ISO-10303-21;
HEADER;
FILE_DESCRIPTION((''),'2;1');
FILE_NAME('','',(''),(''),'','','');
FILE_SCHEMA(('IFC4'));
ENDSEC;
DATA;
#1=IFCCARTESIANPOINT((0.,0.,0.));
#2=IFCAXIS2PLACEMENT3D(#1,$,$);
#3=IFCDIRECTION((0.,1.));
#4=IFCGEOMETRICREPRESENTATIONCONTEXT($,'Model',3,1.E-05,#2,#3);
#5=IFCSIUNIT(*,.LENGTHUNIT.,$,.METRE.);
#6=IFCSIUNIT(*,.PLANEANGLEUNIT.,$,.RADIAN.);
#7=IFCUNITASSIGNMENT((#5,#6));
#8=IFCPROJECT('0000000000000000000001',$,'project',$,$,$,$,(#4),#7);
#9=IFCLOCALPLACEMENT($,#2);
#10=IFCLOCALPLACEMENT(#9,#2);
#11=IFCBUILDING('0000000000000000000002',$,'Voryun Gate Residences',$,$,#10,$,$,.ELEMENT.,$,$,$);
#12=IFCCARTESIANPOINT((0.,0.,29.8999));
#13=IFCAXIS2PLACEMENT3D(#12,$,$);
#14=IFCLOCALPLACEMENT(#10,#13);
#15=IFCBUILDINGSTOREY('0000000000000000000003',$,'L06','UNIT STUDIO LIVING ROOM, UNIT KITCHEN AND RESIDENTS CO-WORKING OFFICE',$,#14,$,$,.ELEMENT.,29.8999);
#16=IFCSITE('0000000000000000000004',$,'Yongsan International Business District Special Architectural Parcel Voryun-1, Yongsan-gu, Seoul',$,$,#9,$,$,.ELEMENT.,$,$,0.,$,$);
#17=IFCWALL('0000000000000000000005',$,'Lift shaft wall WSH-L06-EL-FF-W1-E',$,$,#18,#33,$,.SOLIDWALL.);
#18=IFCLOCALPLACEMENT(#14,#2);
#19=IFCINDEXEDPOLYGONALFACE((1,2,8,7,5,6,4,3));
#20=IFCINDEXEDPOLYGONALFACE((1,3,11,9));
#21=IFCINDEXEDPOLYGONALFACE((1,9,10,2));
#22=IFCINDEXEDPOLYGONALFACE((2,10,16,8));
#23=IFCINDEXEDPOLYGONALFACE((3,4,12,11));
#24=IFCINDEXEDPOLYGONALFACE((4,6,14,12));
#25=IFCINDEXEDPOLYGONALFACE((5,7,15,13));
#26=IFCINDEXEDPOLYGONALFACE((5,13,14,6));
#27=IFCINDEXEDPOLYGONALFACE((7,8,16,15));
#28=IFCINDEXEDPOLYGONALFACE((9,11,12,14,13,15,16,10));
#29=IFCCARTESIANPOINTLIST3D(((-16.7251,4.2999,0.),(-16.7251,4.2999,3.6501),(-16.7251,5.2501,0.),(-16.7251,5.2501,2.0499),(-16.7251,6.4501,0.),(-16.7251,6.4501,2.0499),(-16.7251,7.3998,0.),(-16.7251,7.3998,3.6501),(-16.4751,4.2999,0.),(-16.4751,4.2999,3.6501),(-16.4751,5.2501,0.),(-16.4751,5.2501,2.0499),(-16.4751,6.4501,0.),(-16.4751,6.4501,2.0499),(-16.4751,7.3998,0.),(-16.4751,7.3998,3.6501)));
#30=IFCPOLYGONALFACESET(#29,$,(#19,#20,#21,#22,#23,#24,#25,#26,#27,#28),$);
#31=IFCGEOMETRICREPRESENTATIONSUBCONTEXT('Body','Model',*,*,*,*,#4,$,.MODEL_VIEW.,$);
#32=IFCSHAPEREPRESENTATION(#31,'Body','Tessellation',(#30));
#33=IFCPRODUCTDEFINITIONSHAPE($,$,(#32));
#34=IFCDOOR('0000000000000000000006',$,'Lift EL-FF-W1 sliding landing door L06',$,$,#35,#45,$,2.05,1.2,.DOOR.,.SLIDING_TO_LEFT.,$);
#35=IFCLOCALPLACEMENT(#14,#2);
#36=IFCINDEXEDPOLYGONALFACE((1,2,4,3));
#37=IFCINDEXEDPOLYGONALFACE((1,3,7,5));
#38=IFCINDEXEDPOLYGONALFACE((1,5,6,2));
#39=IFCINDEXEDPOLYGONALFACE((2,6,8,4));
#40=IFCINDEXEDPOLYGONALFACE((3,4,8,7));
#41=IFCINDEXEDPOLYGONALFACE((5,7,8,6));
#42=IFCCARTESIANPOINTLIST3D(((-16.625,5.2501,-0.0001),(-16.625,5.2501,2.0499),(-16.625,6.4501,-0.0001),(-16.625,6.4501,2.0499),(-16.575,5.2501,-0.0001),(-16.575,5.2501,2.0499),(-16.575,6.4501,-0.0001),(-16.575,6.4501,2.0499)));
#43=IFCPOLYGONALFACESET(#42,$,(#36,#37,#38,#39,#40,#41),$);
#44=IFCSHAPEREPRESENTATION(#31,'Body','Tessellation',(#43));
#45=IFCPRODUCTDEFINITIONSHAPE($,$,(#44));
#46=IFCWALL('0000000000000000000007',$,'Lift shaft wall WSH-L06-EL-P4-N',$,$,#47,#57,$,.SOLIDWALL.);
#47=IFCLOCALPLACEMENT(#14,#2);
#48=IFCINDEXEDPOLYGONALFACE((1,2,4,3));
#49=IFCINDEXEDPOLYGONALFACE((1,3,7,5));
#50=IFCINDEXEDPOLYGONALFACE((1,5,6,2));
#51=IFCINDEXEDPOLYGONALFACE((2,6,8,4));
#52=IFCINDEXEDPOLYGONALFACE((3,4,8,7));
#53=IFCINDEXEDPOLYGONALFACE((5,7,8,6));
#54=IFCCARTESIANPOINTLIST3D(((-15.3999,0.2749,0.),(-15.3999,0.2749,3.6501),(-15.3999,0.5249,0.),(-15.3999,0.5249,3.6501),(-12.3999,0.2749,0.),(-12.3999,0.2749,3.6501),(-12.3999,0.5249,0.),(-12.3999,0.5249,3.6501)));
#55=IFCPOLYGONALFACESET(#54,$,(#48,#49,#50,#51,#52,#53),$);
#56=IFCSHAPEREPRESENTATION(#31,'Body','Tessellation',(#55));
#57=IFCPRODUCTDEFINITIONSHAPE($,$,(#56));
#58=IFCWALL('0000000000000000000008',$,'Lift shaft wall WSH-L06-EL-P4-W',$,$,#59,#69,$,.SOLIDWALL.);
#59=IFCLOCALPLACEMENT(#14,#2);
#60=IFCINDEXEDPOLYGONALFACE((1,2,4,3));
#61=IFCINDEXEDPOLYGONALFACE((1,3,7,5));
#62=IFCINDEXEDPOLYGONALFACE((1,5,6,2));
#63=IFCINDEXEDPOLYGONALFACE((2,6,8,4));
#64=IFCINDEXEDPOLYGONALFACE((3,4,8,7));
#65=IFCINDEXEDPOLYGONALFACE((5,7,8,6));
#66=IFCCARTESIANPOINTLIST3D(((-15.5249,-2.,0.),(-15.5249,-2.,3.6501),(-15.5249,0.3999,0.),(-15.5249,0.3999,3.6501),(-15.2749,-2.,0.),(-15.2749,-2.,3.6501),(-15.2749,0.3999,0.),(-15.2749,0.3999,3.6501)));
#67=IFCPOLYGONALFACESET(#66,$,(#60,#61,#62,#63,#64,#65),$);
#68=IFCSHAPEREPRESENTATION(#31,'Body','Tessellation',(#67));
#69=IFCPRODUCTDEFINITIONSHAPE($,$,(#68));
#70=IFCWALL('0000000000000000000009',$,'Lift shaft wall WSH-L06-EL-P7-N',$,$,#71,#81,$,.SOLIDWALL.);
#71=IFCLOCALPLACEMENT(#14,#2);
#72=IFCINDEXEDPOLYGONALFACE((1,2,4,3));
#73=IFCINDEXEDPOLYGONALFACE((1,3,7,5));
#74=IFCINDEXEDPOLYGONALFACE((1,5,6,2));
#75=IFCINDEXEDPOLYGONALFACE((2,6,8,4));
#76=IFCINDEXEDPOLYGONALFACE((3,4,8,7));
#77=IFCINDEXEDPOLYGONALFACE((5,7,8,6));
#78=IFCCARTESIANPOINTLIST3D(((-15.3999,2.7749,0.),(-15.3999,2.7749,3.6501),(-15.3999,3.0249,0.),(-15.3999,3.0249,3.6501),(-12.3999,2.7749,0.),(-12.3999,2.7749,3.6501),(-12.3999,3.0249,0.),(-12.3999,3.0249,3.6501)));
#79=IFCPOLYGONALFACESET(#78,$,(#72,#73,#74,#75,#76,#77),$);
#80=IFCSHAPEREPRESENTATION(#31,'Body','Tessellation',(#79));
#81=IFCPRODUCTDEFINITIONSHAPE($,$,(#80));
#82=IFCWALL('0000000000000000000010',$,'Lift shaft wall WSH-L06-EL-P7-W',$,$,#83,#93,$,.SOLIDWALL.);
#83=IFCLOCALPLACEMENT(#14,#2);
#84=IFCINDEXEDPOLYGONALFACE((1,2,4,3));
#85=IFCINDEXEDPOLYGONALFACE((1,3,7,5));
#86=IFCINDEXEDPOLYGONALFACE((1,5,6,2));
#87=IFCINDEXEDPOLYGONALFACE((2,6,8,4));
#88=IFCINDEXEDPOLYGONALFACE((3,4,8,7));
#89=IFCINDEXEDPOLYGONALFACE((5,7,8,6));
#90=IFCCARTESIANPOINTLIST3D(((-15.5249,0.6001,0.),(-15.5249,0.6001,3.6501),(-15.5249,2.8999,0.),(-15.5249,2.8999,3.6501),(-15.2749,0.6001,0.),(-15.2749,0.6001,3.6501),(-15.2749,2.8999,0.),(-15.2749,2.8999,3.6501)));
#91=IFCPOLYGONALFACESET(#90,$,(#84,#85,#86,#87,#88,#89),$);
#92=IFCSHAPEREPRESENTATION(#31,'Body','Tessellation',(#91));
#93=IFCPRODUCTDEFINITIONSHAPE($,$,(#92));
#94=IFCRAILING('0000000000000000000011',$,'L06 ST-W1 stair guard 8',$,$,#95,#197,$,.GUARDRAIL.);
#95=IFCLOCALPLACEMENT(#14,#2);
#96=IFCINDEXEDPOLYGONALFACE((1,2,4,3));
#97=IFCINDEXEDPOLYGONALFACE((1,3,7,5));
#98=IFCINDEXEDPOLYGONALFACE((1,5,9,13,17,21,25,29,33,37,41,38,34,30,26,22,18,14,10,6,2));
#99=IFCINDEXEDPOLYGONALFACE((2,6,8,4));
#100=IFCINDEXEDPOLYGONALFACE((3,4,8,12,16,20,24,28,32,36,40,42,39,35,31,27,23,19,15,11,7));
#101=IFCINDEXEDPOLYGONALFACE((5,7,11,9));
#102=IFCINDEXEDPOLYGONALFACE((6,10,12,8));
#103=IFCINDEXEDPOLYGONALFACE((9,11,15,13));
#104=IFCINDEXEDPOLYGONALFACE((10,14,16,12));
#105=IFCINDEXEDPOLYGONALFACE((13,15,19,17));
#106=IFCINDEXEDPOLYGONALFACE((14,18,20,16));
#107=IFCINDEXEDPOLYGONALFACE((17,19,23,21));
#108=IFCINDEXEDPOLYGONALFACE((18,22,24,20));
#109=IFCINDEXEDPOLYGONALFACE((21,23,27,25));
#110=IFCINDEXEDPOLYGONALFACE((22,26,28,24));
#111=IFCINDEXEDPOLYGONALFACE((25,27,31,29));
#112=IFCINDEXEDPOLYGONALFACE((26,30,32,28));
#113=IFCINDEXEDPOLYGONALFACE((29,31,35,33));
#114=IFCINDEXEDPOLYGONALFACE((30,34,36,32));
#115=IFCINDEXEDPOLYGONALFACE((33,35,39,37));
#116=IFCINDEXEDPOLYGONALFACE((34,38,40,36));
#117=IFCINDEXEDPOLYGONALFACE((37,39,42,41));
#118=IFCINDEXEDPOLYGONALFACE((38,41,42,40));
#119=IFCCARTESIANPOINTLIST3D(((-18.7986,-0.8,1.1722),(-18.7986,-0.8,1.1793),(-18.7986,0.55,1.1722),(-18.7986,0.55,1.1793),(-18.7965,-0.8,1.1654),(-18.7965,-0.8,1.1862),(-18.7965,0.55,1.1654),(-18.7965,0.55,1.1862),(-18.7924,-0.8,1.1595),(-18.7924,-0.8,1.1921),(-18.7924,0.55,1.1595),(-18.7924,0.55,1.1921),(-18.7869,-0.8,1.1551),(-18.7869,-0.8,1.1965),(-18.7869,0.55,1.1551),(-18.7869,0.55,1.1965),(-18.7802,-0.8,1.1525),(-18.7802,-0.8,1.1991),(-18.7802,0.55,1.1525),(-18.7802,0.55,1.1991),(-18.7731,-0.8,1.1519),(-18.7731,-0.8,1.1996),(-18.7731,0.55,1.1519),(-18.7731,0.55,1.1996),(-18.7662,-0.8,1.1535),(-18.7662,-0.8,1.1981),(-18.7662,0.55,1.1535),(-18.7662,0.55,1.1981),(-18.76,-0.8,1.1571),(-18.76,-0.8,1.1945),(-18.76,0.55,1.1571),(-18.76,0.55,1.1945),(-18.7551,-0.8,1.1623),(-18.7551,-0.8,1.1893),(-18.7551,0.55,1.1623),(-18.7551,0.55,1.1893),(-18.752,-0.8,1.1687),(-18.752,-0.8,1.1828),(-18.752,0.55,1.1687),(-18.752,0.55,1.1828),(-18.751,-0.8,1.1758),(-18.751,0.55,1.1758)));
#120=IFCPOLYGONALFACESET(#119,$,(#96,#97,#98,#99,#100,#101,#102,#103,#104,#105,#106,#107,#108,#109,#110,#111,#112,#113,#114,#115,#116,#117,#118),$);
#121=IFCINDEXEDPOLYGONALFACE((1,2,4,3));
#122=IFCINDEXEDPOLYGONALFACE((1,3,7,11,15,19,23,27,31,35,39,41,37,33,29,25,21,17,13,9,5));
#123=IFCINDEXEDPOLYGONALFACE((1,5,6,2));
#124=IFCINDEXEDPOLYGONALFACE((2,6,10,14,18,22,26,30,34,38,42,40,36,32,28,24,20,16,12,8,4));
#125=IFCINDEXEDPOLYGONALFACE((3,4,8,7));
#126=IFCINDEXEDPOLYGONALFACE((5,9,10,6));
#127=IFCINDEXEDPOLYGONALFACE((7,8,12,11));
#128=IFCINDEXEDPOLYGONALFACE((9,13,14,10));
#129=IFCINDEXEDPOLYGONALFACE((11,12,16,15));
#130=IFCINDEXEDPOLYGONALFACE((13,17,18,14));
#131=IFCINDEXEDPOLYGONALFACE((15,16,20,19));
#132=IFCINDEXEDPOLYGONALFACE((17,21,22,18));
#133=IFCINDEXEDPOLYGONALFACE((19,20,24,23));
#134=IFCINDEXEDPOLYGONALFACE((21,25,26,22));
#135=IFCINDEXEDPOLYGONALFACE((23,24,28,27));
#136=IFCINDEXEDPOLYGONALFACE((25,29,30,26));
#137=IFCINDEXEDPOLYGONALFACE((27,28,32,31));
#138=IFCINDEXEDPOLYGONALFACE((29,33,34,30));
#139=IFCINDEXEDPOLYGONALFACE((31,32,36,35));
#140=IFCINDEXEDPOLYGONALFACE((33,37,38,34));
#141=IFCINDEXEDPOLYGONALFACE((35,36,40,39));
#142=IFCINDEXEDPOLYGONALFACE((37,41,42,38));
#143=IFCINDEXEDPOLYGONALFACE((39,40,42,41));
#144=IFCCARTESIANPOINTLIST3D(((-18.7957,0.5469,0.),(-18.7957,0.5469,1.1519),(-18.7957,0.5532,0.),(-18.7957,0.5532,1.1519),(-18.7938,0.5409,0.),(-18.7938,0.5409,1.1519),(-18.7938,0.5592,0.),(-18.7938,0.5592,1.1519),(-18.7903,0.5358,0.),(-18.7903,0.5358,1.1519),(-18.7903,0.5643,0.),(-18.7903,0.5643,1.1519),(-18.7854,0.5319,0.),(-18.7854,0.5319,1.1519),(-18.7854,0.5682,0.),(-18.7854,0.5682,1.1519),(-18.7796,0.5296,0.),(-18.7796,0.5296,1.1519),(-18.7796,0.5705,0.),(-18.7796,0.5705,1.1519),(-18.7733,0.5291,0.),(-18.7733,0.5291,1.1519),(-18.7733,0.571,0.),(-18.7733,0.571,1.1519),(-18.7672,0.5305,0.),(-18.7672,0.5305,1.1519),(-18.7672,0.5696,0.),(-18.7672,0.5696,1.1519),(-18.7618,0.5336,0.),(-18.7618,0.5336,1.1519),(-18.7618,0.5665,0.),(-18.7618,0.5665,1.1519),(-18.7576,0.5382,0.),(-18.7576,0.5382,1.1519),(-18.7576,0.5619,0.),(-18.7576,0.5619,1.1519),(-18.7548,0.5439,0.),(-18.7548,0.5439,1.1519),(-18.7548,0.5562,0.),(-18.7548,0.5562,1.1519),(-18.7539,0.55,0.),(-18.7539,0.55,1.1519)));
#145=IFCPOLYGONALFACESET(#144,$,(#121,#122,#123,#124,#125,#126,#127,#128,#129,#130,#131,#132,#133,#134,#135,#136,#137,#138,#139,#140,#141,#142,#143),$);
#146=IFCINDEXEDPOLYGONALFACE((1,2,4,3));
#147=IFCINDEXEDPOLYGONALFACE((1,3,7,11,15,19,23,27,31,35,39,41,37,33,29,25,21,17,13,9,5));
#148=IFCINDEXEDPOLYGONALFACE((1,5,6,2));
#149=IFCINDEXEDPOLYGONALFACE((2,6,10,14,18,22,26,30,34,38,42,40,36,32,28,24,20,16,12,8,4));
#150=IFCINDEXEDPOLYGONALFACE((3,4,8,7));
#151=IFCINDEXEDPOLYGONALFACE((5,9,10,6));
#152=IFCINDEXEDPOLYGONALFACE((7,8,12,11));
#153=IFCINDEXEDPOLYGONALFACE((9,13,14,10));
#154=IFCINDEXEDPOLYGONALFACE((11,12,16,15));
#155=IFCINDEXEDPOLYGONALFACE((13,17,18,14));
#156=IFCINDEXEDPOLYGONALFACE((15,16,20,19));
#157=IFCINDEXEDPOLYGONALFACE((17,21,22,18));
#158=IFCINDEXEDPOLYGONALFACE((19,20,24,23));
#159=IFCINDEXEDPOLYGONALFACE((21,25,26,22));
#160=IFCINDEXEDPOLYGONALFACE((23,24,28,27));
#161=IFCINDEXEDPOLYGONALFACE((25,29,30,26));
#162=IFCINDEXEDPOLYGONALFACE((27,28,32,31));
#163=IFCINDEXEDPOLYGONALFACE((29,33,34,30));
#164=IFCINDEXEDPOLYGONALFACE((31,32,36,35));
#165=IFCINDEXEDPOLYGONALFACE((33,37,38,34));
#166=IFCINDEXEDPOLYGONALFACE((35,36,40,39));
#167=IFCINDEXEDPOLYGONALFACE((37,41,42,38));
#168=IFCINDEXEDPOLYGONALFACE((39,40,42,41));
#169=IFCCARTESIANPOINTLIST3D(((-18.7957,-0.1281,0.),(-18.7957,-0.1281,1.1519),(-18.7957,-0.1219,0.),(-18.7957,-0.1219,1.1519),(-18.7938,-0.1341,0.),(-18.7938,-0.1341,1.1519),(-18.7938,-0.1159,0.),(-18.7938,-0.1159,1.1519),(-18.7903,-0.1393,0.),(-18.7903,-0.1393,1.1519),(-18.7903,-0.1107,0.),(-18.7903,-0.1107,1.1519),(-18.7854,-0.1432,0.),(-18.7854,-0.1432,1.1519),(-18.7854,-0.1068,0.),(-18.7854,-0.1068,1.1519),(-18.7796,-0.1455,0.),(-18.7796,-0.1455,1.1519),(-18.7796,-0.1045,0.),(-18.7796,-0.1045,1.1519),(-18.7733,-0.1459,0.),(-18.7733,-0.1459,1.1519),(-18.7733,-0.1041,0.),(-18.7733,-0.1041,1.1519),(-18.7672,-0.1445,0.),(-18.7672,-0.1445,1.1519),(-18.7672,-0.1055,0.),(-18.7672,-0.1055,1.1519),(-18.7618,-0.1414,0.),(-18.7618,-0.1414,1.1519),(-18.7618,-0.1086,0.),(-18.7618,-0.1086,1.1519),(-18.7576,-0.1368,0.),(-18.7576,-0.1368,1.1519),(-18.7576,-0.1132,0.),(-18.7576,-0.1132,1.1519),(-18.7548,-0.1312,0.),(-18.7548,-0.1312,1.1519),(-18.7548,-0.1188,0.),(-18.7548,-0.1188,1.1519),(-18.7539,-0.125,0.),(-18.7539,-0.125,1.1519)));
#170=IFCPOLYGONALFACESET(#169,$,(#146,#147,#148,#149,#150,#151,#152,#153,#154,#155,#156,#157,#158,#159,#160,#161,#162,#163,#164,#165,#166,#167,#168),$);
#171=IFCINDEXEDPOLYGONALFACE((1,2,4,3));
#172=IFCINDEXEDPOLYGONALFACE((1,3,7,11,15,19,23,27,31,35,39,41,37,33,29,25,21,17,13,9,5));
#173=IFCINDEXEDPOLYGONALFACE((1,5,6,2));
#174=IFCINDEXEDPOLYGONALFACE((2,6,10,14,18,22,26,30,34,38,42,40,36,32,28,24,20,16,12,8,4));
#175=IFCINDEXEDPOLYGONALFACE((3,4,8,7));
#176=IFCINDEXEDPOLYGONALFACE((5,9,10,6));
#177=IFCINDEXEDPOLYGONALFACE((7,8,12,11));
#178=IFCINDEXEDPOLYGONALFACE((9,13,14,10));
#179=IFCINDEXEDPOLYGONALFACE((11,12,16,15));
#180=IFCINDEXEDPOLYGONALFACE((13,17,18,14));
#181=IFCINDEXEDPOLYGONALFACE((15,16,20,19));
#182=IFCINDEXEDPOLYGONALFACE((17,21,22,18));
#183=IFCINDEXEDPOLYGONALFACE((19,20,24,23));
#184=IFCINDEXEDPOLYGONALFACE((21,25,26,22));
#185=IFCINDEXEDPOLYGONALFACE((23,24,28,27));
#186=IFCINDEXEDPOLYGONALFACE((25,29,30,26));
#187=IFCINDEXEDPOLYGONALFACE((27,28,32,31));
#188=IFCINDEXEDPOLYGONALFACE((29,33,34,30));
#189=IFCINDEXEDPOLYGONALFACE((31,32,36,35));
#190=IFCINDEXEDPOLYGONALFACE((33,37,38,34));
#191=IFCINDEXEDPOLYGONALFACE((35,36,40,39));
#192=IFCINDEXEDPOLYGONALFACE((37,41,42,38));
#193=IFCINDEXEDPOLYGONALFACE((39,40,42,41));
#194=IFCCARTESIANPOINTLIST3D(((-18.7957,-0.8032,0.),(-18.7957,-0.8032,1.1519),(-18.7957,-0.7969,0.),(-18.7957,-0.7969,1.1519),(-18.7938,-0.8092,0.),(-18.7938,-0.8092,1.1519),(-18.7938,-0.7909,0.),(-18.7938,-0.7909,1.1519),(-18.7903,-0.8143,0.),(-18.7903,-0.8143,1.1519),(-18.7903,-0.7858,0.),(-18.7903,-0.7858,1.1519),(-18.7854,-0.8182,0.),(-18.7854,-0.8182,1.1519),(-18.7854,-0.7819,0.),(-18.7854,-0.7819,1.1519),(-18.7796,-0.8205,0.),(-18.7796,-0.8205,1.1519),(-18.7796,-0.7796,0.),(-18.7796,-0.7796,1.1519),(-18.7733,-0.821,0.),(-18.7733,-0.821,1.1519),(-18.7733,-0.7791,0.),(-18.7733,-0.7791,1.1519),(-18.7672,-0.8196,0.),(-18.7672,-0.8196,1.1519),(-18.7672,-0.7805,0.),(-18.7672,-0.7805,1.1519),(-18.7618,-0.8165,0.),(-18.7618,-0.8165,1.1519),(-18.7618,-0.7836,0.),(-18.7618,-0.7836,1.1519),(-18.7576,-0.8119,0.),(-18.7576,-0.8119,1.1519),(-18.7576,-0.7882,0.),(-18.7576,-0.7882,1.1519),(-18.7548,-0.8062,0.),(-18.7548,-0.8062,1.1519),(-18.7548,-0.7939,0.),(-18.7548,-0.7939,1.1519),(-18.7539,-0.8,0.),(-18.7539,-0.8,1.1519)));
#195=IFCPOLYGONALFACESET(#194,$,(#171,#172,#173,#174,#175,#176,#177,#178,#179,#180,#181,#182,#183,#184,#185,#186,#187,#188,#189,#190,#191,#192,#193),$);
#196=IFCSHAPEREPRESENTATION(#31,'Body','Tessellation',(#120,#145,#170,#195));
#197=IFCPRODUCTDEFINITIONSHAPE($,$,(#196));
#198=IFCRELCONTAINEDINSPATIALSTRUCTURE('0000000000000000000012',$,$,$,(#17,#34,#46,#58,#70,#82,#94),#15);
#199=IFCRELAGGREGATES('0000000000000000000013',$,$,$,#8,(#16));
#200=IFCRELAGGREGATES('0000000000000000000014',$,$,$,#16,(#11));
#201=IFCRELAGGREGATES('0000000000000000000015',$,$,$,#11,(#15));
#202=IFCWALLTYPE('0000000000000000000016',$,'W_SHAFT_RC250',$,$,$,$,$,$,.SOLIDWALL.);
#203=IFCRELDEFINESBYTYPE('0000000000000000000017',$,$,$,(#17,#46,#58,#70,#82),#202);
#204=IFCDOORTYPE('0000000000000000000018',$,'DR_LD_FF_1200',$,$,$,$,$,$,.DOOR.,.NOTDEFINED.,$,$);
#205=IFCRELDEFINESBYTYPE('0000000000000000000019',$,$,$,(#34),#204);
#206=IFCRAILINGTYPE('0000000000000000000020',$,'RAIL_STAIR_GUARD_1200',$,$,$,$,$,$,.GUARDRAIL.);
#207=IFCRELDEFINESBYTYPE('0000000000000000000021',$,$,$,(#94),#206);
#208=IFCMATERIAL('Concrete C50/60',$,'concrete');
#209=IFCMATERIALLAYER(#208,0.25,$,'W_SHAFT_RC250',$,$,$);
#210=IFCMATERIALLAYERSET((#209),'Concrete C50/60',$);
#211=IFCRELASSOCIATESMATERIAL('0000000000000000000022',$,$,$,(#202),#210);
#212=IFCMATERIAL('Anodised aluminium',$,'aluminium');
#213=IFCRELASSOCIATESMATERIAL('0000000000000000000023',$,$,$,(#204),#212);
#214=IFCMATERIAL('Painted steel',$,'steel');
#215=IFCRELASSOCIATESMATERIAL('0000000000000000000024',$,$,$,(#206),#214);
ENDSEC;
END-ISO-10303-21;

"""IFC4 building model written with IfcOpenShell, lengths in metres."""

from ifc_helpers import new_model, si_unit, direction, frame, frame_2d, origin, origin_2d, place, context, subcontext, project, spatial, rectangle, circle, extrude, material, layer, layer_set, type_object, element, fill, save


model = new_model("IFC4")

# Units and contexts
model_context = context("Model", 3, precision=1e-05, world=origin(), true_north=direction((0.0, 1.0)))
body_context = subcontext(model_context, "Body", "Model", "MODEL_VIEW")
ifc_project = project(units=[si_unit("LENGTHUNIT", "METRE"), si_unit("PLANEANGLEUNIT", "RADIAN")], contexts=[model_context])

# Site, building, storey
site_placement = place(None, origin())
site = spatial("IfcSite", under=ifc_project, at=site_placement, Name="Yongsan International Business District Special Architectural Parcel Voryun-1, Yongsan-gu, Seoul", CompositionType="ELEMENT", RefElevation=0.0)
building_placement = place(site_placement, origin())
building = spatial("IfcBuilding", under=site, at=building_placement, Name="Voryun Gate Residences", CompositionType="ELEMENT")
storey_placement = place(building_placement, frame((0.0, 0.0, 29.8999)))
storey = spatial("IfcBuildingStorey", under=building, at=storey_placement, Name="L06", Description="UNIT STUDIO LIVING ROOM, UNIT KITCHEN AND RESIDENTS CO-WORKING OFFICE", CompositionType="ELEMENT", Elevation=29.8999)

# Wall, opening, door
ifc_material_1 = material(Name="Concrete C50/60", Category="concrete")
ifc_layer_1 = layer(ifc_material_1, 0.25, Name="W_SHAFT_RC250")
ifc_layer_set_1 = layer_set([ifc_layer_1], Name="Concrete C50/60")
wall_type_1 = type_object("IfcWallType", Name="W_SHAFT_RC250", PredefinedType="SOLIDWALL", material=ifc_layer_set_1)
wall_1_placement = place(storey_placement, frame((-16.6001, 4.3, 0.0), z_axis=(0.0, 0.0, 1.0), x_axis=(0.0, 1.0, 0.0)))
wall_1 = element("IfcWall", 1, at=wall_1_placement, inside=storey, type_object=wall_type_1, Name="Lift shaft wall WSH-L06-EL-FF-W1-E", PredefinedType="SOLIDWALL", context=body_context, shape_type="SweptSolid", body=[
    extrude(rectangle(XDim=3.0999, YDim=0.25, at=frame_2d((1.5498, 0.0))), origin(), (0.0, 0.0, 1.0), 3.6501),
])
opening_1_placement = place(wall_1_placement, frame((0.95, 0.0, 0.0)))
opening_1 = element("IfcOpeningElement", 2, at=opening_1_placement, cuts=wall_1, PredefinedType="OPENING", context=body_context, shape_type="SweptSolid", body=[
    extrude(rectangle(XDim=1.2, YDim=2.05, at=frame_2d((0.6001, 1.0249))), frame((0.0, 0.135, 0.0), z_axis=(0.0, -1.0, 0.0), x_axis=(1.0, 0.0, 0.0)), (0.0, 0.0, 1.0), 0.27),
])
ifc_material_2 = material(Name="Anodised aluminium", Category="aluminium")
door_type_1 = type_object("IfcDoorType", Name="DR_LD_FF_1200", OperationType="NOTDEFINED", PredefinedType="DOOR", material=ifc_material_2)
door_1_placement = place(opening_1_placement, origin())
door_1 = element("IfcDoor", 3, at=door_1_placement, inside=storey, type_object=door_type_1, Name="Lift EL-FF-W1 sliding landing door L06", OperationType="SLIDING_TO_LEFT", OverallHeight=2.05, OverallWidth=1.2, PredefinedType="DOOR", context=body_context, shape_type="SweptSolid", body=[
    extrude(rectangle(XDim=1.2, YDim=2.05, at=frame_2d((0.6001, 1.0249))), frame((0.0, 0.0249, 0.0), z_axis=(0.0, -1.0, 0.0), x_axis=(1.0, 0.0, 0.0)), (0.0, 0.0, 1.0), 0.05),
])
fill(opening_1, door_1)

# Walls
wall_2_placement = place(storey_placement, frame((-12.3999, 0.3999, 0.0), z_axis=(0.0, 0.0, 1.0), x_axis=(-1.0, 0.0, 0.0)))
element("IfcWall", 4, at=wall_2_placement, inside=storey, type_object=wall_type_1, Name="Lift shaft wall WSH-L06-EL-P4-N", PredefinedType="SOLIDWALL", context=body_context, shape_type="SweptSolid", body=[
    extrude(rectangle(XDim=3.0, YDim=0.25, at=frame_2d((1.5, 0.0))), origin(), (0.0, 0.0, 1.0), 3.6501),
])
wall_3_placement = place(storey_placement, frame((-15.3999, 0.3999, 0.0), z_axis=(0.0, 0.0, 1.0), x_axis=(0.0, -1.0, 0.0)))
element("IfcWall", 5, at=wall_3_placement, inside=storey, type_object=wall_type_1, Name="Lift shaft wall WSH-L06-EL-P4-W", PredefinedType="SOLIDWALL", context=body_context, shape_type="SweptSolid", body=[
    extrude(rectangle(XDim=2.3999, YDim=0.25, at=frame_2d((1.2, 0.0))), origin(), (0.0, 0.0, 1.0), 3.6501),
])
wall_4_placement = place(storey_placement, frame((-12.3999, 2.8999, 0.0), z_axis=(0.0, 0.0, 1.0), x_axis=(-1.0, 0.0, 0.0)))
element("IfcWall", 6, at=wall_4_placement, inside=storey, type_object=wall_type_1, Name="Lift shaft wall WSH-L06-EL-P7-N", PredefinedType="SOLIDWALL", context=body_context, shape_type="SweptSolid", body=[
    extrude(rectangle(XDim=3.0, YDim=0.25, at=frame_2d((1.5, 0.0))), origin(), (0.0, 0.0, 1.0), 3.6501),
])
wall_5_placement = place(storey_placement, frame((-15.3999, 2.8999, 0.0), z_axis=(0.0, 0.0, 1.0), x_axis=(0.0, -1.0, 0.0)))
element("IfcWall", 7, at=wall_5_placement, inside=storey, type_object=wall_type_1, Name="Lift shaft wall WSH-L06-EL-P7-W", PredefinedType="SOLIDWALL", context=body_context, shape_type="SweptSolid", body=[
    extrude(rectangle(XDim=2.2998, YDim=0.25, at=frame_2d((1.1499, 0.0))), origin(), (0.0, 0.0, 1.0), 3.6501),
])

# Railing
ifc_material_3 = material(Name="Painted steel", Category="steel")
railing_type = type_object("IfcRailingType", Name="RAIL_STAIR_GUARD_1200", PredefinedType="GUARDRAIL", material=ifc_material_3)
for number, where, name in (
    (8, (-18.7749, 0.55, 0.0), "L06 ST-W1 stair guard 8"),
):
    element("IfcRailing", number, at=place(storey_placement, frame(where)), inside=storey, type_object=railing_type, Name=name, PredefinedType="GUARDRAIL", context=body_context, shape_type="SweptSolid", body=[
        extrude(circle(Radius=0.0239, at=origin_2d()), frame((0.0, 0.0, 1.1758), z_axis=(0.0, -1.0, 0.0), x_axis=(1.0, 0.0, 0.0)), (0.0, 0.0, 1.0), 1.3501),
        extrude(circle(Radius=0.021, at=origin_2d()), origin(), (0.0, 0.0, 1.0), 1.1519),
        extrude(circle(Radius=0.021, at=origin_2d()), frame((0.0, -0.675, 0.0)), (0.0, 0.0, 1.0), 1.1519),
        extrude(circle(Radius=0.021, at=origin_2d()), frame((0.0, -1.3501, 0.0)), (0.0, 0.0, 1.0), 1.1519),
    ])

save(model, "model.ifc")
